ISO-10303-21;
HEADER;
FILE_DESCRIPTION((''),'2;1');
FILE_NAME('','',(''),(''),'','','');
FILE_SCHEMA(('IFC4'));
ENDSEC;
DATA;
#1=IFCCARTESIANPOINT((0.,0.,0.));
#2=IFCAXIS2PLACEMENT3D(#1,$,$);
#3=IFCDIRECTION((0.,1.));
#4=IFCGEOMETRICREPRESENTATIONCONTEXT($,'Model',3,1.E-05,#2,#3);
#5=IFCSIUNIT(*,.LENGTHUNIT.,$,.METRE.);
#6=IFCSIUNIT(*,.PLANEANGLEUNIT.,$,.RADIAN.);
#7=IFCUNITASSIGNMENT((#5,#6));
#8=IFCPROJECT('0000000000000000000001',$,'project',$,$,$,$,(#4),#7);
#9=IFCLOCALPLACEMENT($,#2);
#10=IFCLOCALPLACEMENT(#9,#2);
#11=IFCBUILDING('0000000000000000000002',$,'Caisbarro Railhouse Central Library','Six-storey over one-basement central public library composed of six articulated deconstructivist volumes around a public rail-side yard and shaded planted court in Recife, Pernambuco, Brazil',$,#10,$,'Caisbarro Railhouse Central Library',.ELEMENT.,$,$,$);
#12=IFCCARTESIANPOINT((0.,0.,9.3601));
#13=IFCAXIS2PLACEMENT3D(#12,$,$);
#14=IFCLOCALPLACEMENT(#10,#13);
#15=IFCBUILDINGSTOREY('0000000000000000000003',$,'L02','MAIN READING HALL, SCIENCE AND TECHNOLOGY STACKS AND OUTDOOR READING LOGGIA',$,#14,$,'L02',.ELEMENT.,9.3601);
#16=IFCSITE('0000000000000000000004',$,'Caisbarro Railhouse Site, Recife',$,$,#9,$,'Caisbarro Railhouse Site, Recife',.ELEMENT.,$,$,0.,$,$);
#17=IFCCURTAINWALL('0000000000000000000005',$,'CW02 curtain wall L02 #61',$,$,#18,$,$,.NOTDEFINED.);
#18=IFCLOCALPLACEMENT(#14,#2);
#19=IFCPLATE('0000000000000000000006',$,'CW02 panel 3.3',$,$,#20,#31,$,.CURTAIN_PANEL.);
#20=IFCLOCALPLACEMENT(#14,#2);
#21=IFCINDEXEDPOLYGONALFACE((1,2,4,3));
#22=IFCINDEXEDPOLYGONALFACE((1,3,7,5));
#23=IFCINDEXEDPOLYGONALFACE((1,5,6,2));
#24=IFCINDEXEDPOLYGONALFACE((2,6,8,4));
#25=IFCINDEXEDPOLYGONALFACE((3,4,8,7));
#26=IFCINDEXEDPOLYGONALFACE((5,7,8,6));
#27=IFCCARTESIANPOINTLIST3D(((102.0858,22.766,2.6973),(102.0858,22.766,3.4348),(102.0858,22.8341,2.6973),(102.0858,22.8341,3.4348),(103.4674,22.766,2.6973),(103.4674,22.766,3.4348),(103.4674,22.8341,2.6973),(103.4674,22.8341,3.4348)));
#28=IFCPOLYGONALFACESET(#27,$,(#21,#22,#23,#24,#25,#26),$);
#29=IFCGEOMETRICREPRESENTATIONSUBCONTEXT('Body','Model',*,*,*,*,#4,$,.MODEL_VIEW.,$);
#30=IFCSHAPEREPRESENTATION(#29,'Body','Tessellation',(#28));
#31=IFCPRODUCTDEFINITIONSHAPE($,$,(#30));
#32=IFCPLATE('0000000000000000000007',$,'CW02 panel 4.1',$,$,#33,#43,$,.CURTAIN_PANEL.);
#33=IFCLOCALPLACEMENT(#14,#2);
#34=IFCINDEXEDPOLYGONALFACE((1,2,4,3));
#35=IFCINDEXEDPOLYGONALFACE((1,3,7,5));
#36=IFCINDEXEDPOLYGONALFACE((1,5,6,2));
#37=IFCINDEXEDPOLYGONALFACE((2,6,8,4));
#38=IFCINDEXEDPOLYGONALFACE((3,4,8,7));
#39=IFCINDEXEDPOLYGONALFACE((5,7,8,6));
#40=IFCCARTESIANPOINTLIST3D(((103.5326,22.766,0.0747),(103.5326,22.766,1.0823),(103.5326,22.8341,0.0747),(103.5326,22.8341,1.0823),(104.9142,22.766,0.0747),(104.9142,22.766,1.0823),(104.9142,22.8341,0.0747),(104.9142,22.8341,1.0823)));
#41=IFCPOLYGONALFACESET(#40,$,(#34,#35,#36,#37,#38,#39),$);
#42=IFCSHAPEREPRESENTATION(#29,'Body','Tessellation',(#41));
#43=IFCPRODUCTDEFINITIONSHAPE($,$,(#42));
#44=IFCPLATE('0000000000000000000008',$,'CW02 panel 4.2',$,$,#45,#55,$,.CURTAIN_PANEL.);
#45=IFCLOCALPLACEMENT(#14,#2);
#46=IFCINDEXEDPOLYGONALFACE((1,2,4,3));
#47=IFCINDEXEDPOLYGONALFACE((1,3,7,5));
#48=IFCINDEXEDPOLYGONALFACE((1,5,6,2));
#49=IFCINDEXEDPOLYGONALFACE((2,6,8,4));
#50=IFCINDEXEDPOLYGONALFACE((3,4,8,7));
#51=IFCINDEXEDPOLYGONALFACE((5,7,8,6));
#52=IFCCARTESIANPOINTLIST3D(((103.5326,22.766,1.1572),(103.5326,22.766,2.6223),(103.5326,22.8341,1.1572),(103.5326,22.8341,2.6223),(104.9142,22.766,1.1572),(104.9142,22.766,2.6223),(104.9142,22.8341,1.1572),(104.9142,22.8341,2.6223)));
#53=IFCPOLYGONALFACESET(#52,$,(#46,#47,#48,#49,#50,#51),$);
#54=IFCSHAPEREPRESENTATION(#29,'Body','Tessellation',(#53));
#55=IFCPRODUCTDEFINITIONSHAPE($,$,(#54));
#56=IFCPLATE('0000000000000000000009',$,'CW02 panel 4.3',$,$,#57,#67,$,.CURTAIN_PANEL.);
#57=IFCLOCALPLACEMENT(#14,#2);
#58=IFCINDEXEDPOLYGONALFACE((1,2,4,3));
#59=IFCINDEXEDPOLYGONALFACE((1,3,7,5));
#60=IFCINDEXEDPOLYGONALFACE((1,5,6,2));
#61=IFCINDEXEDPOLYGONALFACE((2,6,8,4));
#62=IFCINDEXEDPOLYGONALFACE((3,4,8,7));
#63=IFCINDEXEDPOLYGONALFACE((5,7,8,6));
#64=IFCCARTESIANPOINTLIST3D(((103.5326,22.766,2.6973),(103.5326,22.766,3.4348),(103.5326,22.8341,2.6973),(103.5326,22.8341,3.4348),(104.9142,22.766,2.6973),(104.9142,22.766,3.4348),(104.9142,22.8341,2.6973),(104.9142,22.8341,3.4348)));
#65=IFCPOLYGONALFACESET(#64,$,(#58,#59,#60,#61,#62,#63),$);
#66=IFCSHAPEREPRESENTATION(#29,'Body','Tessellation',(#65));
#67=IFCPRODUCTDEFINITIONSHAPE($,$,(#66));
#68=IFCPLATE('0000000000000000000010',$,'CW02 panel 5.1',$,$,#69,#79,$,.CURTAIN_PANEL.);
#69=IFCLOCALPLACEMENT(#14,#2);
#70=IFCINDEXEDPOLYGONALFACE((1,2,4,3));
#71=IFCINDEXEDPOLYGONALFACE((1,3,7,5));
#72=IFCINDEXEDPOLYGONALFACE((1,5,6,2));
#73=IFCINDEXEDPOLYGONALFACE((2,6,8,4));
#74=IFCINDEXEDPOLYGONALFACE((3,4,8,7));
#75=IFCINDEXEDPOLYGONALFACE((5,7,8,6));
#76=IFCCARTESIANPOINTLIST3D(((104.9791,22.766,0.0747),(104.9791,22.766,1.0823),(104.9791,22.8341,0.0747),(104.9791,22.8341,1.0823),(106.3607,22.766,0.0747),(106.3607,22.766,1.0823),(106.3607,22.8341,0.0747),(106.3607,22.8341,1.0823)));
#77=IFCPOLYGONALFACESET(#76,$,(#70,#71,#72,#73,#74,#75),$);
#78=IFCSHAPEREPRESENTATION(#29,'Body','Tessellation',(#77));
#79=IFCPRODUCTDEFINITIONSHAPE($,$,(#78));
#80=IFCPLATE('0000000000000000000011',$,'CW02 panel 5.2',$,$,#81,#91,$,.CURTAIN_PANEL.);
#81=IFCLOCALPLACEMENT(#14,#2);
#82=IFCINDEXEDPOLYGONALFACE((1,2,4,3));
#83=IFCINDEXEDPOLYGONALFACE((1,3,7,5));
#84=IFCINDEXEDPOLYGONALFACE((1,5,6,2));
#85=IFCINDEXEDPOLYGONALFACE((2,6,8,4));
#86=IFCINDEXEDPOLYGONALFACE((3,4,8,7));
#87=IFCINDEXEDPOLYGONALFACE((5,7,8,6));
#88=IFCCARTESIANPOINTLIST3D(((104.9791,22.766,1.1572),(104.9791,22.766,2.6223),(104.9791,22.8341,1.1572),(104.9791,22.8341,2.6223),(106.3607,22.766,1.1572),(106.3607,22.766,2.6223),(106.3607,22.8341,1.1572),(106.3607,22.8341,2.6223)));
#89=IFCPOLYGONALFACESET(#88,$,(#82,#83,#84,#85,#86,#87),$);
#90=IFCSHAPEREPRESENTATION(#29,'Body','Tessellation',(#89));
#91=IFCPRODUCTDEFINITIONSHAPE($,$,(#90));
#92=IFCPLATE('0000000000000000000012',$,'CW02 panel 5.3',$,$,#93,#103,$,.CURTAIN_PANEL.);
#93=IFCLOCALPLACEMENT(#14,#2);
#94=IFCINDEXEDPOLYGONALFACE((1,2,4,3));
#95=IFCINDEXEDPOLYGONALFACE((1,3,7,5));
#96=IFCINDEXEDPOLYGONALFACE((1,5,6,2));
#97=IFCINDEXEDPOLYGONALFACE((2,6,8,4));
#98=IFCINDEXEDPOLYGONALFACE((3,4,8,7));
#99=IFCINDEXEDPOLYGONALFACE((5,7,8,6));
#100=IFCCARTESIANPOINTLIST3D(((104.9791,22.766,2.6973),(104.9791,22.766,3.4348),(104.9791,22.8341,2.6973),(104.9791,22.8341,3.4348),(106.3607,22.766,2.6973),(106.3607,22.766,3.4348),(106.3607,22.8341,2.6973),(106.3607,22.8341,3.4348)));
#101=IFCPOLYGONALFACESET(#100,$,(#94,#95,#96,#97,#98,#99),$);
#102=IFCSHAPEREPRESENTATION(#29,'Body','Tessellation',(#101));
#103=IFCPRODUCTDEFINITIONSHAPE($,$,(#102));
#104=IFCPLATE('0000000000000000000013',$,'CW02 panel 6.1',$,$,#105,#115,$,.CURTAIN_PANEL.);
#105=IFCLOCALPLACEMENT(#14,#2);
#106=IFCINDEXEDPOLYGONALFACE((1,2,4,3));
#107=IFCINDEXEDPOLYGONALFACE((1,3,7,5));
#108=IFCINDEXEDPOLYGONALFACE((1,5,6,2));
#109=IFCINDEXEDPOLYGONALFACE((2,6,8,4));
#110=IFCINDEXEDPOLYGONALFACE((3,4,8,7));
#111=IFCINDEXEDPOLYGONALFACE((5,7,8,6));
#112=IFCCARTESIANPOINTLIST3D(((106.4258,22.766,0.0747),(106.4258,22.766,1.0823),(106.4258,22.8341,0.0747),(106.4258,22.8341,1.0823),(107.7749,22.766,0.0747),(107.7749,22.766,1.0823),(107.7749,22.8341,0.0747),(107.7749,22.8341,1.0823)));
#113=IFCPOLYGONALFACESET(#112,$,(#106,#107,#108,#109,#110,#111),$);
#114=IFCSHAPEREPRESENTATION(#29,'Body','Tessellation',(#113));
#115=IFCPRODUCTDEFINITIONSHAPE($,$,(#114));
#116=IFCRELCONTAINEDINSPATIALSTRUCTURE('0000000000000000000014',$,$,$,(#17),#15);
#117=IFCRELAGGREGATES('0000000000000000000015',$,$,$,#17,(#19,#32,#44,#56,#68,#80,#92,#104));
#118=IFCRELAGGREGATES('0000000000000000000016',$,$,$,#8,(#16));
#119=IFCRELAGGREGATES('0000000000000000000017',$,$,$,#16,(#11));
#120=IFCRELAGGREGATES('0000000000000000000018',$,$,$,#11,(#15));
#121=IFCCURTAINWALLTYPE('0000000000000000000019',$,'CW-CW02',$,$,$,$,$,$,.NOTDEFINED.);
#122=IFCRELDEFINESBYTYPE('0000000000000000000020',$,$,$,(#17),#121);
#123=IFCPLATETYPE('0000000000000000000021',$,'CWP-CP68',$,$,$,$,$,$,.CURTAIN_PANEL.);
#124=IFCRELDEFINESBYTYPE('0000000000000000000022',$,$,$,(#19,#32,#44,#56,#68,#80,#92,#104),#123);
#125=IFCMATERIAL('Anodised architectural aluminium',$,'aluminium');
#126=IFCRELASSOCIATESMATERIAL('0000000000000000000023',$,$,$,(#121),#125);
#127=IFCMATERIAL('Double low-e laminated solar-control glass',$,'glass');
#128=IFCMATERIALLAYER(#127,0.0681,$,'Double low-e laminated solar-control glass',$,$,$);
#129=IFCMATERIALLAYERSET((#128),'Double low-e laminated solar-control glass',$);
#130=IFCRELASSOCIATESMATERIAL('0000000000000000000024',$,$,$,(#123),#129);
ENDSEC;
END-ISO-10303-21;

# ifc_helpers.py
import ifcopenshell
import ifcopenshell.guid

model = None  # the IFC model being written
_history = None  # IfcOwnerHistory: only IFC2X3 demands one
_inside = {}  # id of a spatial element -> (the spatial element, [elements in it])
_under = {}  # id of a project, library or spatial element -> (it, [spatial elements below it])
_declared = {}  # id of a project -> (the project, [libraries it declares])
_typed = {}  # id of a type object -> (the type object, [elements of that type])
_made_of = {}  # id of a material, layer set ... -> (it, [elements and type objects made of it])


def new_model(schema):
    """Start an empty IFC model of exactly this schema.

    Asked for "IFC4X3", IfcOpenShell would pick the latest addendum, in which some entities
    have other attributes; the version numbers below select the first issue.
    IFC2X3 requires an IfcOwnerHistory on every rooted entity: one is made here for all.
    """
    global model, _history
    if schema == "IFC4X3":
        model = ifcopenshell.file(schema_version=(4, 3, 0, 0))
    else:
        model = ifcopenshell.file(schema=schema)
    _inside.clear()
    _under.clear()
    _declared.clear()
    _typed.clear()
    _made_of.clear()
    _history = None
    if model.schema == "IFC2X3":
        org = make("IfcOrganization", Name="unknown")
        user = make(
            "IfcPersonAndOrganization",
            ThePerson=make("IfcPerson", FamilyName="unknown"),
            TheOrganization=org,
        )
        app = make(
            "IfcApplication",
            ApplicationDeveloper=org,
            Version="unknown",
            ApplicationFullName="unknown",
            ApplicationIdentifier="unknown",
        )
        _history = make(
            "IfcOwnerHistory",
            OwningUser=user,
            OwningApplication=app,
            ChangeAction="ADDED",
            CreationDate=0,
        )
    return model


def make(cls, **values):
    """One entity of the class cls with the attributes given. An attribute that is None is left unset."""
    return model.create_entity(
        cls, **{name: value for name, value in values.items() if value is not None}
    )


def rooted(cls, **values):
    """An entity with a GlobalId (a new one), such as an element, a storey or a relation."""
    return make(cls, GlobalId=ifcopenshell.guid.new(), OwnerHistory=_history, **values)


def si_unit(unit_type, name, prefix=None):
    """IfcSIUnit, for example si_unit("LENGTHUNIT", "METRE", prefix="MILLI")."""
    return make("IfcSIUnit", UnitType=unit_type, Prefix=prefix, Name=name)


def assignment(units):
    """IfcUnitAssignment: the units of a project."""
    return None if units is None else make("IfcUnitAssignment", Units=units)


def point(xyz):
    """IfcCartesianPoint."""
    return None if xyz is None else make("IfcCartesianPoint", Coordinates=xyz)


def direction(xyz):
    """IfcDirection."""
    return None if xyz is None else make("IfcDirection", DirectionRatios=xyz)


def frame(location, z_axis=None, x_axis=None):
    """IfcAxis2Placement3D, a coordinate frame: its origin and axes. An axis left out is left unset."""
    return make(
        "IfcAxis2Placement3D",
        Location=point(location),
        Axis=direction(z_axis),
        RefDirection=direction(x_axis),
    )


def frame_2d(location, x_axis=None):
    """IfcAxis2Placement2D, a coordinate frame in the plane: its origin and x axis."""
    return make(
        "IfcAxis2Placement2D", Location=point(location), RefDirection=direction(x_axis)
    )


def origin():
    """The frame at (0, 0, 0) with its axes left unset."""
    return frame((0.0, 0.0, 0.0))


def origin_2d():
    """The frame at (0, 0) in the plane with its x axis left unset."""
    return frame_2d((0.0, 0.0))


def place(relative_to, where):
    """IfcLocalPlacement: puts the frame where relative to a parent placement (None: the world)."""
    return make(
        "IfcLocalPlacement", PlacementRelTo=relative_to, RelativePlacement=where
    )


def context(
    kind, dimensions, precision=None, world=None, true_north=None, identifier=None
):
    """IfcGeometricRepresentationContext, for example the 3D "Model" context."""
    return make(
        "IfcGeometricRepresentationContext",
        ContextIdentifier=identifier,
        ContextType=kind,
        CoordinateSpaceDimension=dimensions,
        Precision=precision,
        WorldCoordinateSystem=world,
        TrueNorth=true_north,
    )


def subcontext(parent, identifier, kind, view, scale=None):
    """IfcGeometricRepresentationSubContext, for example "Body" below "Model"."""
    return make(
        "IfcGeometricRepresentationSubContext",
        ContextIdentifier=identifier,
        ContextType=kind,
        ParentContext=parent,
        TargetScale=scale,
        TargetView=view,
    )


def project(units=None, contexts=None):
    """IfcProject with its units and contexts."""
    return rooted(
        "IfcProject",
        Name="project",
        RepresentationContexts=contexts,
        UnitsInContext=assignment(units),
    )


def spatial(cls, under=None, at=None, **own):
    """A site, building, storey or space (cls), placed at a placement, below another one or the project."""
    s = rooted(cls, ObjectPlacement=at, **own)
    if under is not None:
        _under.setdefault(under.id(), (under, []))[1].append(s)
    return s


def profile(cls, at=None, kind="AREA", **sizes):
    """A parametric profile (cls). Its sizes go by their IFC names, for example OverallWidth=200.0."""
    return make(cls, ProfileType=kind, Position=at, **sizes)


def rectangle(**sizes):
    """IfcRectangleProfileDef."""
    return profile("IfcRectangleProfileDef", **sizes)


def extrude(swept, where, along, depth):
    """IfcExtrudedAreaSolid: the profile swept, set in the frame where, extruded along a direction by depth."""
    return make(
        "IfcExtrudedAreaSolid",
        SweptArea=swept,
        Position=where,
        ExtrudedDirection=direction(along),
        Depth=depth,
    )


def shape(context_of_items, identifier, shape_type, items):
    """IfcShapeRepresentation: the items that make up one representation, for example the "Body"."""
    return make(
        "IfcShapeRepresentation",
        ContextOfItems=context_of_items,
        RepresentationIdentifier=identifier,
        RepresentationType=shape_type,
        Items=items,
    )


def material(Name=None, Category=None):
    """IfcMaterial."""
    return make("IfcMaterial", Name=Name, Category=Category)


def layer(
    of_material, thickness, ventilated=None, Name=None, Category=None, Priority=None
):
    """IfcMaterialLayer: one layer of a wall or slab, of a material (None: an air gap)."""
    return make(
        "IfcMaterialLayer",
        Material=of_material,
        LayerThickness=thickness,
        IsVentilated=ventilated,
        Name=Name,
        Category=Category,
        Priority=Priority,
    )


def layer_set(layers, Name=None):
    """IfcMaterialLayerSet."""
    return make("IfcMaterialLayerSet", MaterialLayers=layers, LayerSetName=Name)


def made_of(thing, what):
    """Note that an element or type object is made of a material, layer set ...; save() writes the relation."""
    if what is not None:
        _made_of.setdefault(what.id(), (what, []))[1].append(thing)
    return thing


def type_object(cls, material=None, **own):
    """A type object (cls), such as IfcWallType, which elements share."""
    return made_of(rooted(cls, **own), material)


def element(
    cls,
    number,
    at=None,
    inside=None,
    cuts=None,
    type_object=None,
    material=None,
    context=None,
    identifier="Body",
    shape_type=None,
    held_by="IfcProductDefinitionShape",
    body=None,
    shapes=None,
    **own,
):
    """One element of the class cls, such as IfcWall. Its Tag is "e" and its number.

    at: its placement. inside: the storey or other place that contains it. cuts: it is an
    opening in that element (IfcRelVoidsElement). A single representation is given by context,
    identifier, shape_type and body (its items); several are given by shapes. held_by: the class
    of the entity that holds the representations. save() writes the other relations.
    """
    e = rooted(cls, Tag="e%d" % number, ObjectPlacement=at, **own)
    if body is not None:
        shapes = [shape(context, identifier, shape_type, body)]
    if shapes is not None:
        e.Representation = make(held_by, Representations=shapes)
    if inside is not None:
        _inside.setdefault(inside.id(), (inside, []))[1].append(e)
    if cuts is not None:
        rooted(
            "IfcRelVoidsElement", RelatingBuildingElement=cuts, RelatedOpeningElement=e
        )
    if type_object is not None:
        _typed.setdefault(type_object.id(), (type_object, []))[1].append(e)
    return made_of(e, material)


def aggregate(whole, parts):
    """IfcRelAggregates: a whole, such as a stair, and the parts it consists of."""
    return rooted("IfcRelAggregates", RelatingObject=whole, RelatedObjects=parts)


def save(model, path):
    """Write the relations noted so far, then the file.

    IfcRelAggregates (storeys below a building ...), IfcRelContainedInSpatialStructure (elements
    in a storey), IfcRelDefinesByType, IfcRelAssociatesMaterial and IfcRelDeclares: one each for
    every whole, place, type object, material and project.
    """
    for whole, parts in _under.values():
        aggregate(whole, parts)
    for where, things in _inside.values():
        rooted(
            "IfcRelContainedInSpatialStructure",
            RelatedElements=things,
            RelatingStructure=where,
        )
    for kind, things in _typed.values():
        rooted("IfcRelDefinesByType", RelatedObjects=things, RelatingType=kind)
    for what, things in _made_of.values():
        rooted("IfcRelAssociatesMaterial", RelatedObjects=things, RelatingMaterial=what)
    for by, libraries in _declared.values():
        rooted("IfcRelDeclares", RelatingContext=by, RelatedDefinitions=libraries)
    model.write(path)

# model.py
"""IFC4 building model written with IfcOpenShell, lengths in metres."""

from ifc_helpers import new_model, si_unit, direction, frame, origin, origin_2d, place, context, subcontext, project, spatial, rectangle, extrude, material, layer, layer_set, type_object, element, aggregate, save


model = new_model("IFC4")

# Units and contexts
model_context = context("Model", 3, precision=1e-05, world=origin(), true_north=direction((0.0, 1.0)))
body_context = subcontext(model_context, "Body", "Model", "MODEL_VIEW")
ifc_project = project(units=[si_unit("LENGTHUNIT", "METRE"), si_unit("PLANEANGLEUNIT", "RADIAN")], contexts=[model_context])

# Site, building, storey
site_placement = place(None, origin())
site = spatial("IfcSite", under=ifc_project, at=site_placement, Name="Caisbarro Railhouse Site, Recife", LongName="Caisbarro Railhouse Site, Recife", CompositionType="ELEMENT", RefElevation=0.0)
building_placement = place(site_placement, origin())
building = spatial("IfcBuilding", under=site, at=building_placement, Name="Caisbarro Railhouse Central Library", Description="Six-storey over one-basement central public library composed of six articulated deconstructivist volumes around a public rail-side yard and shaded planted court in Recife, Pernambuco, Brazil", LongName="Caisbarro Railhouse Central Library", CompositionType="ELEMENT")
storey_placement = place(building_placement, frame((0.0, 0.0, 9.3601)))
storey = spatial("IfcBuildingStorey", under=building, at=storey_placement, Name="L02", Description="MAIN READING HALL, SCIENCE AND TECHNOLOGY STACKS AND OUTDOOR READING LOGGIA", LongName="L02", CompositionType="ELEMENT", Elevation=9.3601)

# Curtain wall, plates
ifc_material_1 = material(Name="Anodised architectural aluminium", Category="aluminium")
curtain_wall_type = type_object("IfcCurtainWallType", Name="CW-CW02", PredefinedType="NOTDEFINED", material=ifc_material_1)
curtain_wall_placement = place(storey_placement, origin())
curtain_wall = element("IfcCurtainWall", 1, at=curtain_wall_placement, inside=storey, type_object=curtain_wall_type, Name="CW02 curtain wall L02 #61", PredefinedType="NOTDEFINED")
ifc_material_2 = material(Name="Double low-e laminated solar-control glass", Category="glass")
ifc_layer = layer(ifc_material_2, 0.0681, Name="Double low-e laminated solar-control glass")
ifc_layer_set = layer_set([ifc_layer], Name="Double low-e laminated solar-control glass")
plate_type = type_object("IfcPlateType", Name="CWP-CP68", PredefinedType="CURTAIN_PANEL", material=ifc_layer_set)
plate_1_placement = place(storey_placement, frame((102.7766, 22.8, 2.6973), z_axis=(0.0, 0.0, 1.0), x_axis=(1.0, 0.0, 0.0)))
plate_1 = element("IfcPlate", 2, at=plate_1_placement, type_object=plate_type, Name="CW02 panel 3.3", PredefinedType="CURTAIN_PANEL", context=body_context, shape_type="SweptSolid", body=[
    extrude(rectangle(XDim=1.3816, YDim=0.0681, at=origin_2d()), origin(), (0.0, 0.0, 1.0), 0.7375),
])
plate_2_placement = place(storey_placement, frame((104.2234, 22.8, 0.0747), z_axis=(0.0, 0.0, 1.0), x_axis=(1.0, 0.0, 0.0)))
plate_2 = element("IfcPlate", 3, at=plate_2_placement, type_object=plate_type, Name="CW02 panel 4.1", PredefinedType="CURTAIN_PANEL", context=body_context, shape_type="SweptSolid", body=[
    extrude(rectangle(XDim=1.3816, YDim=0.0681, at=origin_2d()), origin(), (0.0, 0.0, 1.0), 1.0076),
])
plate_3_placement = place(storey_placement, frame((104.2234, 22.8, 1.1572), z_axis=(0.0, 0.0, 1.0), x_axis=(1.0, 0.0, 0.0)))
plate_3 = element("IfcPlate", 4, at=plate_3_placement, type_object=plate_type, Name="CW02 panel 4.2", PredefinedType="CURTAIN_PANEL", context=body_context, shape_type="SweptSolid", body=[
    extrude(rectangle(XDim=1.3816, YDim=0.0681, at=origin_2d()), origin(), (0.0, 0.0, 1.0), 1.4651),
])
plate_4_placement = place(storey_placement, frame((104.2234, 22.8, 2.6973), z_axis=(0.0, 0.0, 1.0), x_axis=(1.0, 0.0, 0.0)))
plate_4 = element("IfcPlate", 5, at=plate_4_placement, type_object=plate_type, Name="CW02 panel 4.3", PredefinedType="CURTAIN_PANEL", context=body_context, shape_type="SweptSolid", body=[
    extrude(rectangle(XDim=1.3816, YDim=0.0681, at=origin_2d()), origin(), (0.0, 0.0, 1.0), 0.7375),
])
plate_5_placement = place(storey_placement, frame((105.6699, 22.8, 0.0747), z_axis=(0.0, 0.0, 1.0), x_axis=(1.0, 0.0, 0.0)))
plate_5 = element("IfcPlate", 6, at=plate_5_placement, type_object=plate_type, Name="CW02 panel 5.1", PredefinedType="CURTAIN_PANEL", context=body_context, shape_type="SweptSolid", body=[
    extrude(rectangle(XDim=1.3816, YDim=0.0681, at=origin_2d()), origin(), (0.0, 0.0, 1.0), 1.0076),
])
plate_6_placement = place(storey_placement, frame((105.6699, 22.8, 1.1572), z_axis=(0.0, 0.0, 1.0), x_axis=(1.0, 0.0, 0.0)))
plate_6 = element("IfcPlate", 7, at=plate_6_placement, type_object=plate_type, Name="CW02 panel 5.2", PredefinedType="CURTAIN_PANEL", context=body_context, shape_type="SweptSolid", body=[
    extrude(rectangle(XDim=1.3816, YDim=0.0681, at=origin_2d()), origin(), (0.0, 0.0, 1.0), 1.4651),
])
plate_7_placement = place(storey_placement, frame((105.6699, 22.8, 2.6973), z_axis=(0.0, 0.0, 1.0), x_axis=(1.0, 0.0, 0.0)))
plate_7 = element("IfcPlate", 8, at=plate_7_placement, type_object=plate_type, Name="CW02 panel 5.3", PredefinedType="CURTAIN_PANEL", context=body_context, shape_type="SweptSolid", body=[
    extrude(rectangle(XDim=1.3816, YDim=0.0681, at=origin_2d()), origin(), (0.0, 0.0, 1.0), 0.7375),
])
plate_8_placement = place(storey_placement, frame((107.1003, 22.8, 0.0747), z_axis=(0.0, 0.0, 1.0), x_axis=(1.0, 0.0, 0.0)))
plate_8 = element("IfcPlate", 9, at=plate_8_placement, type_object=plate_type, Name="CW02 panel 6.1", PredefinedType="CURTAIN_PANEL", context=body_context, shape_type="SweptSolid", body=[
    extrude(rectangle(XDim=1.3491, YDim=0.0681, at=origin_2d()), origin(), (0.0, 0.0, 1.0), 1.0076),
])
aggregate(curtain_wall, [plate_1, plate_2, plate_3, plate_4, plate_5, plate_6, plate_7, plate_8])

save(model, "model.ifc")
